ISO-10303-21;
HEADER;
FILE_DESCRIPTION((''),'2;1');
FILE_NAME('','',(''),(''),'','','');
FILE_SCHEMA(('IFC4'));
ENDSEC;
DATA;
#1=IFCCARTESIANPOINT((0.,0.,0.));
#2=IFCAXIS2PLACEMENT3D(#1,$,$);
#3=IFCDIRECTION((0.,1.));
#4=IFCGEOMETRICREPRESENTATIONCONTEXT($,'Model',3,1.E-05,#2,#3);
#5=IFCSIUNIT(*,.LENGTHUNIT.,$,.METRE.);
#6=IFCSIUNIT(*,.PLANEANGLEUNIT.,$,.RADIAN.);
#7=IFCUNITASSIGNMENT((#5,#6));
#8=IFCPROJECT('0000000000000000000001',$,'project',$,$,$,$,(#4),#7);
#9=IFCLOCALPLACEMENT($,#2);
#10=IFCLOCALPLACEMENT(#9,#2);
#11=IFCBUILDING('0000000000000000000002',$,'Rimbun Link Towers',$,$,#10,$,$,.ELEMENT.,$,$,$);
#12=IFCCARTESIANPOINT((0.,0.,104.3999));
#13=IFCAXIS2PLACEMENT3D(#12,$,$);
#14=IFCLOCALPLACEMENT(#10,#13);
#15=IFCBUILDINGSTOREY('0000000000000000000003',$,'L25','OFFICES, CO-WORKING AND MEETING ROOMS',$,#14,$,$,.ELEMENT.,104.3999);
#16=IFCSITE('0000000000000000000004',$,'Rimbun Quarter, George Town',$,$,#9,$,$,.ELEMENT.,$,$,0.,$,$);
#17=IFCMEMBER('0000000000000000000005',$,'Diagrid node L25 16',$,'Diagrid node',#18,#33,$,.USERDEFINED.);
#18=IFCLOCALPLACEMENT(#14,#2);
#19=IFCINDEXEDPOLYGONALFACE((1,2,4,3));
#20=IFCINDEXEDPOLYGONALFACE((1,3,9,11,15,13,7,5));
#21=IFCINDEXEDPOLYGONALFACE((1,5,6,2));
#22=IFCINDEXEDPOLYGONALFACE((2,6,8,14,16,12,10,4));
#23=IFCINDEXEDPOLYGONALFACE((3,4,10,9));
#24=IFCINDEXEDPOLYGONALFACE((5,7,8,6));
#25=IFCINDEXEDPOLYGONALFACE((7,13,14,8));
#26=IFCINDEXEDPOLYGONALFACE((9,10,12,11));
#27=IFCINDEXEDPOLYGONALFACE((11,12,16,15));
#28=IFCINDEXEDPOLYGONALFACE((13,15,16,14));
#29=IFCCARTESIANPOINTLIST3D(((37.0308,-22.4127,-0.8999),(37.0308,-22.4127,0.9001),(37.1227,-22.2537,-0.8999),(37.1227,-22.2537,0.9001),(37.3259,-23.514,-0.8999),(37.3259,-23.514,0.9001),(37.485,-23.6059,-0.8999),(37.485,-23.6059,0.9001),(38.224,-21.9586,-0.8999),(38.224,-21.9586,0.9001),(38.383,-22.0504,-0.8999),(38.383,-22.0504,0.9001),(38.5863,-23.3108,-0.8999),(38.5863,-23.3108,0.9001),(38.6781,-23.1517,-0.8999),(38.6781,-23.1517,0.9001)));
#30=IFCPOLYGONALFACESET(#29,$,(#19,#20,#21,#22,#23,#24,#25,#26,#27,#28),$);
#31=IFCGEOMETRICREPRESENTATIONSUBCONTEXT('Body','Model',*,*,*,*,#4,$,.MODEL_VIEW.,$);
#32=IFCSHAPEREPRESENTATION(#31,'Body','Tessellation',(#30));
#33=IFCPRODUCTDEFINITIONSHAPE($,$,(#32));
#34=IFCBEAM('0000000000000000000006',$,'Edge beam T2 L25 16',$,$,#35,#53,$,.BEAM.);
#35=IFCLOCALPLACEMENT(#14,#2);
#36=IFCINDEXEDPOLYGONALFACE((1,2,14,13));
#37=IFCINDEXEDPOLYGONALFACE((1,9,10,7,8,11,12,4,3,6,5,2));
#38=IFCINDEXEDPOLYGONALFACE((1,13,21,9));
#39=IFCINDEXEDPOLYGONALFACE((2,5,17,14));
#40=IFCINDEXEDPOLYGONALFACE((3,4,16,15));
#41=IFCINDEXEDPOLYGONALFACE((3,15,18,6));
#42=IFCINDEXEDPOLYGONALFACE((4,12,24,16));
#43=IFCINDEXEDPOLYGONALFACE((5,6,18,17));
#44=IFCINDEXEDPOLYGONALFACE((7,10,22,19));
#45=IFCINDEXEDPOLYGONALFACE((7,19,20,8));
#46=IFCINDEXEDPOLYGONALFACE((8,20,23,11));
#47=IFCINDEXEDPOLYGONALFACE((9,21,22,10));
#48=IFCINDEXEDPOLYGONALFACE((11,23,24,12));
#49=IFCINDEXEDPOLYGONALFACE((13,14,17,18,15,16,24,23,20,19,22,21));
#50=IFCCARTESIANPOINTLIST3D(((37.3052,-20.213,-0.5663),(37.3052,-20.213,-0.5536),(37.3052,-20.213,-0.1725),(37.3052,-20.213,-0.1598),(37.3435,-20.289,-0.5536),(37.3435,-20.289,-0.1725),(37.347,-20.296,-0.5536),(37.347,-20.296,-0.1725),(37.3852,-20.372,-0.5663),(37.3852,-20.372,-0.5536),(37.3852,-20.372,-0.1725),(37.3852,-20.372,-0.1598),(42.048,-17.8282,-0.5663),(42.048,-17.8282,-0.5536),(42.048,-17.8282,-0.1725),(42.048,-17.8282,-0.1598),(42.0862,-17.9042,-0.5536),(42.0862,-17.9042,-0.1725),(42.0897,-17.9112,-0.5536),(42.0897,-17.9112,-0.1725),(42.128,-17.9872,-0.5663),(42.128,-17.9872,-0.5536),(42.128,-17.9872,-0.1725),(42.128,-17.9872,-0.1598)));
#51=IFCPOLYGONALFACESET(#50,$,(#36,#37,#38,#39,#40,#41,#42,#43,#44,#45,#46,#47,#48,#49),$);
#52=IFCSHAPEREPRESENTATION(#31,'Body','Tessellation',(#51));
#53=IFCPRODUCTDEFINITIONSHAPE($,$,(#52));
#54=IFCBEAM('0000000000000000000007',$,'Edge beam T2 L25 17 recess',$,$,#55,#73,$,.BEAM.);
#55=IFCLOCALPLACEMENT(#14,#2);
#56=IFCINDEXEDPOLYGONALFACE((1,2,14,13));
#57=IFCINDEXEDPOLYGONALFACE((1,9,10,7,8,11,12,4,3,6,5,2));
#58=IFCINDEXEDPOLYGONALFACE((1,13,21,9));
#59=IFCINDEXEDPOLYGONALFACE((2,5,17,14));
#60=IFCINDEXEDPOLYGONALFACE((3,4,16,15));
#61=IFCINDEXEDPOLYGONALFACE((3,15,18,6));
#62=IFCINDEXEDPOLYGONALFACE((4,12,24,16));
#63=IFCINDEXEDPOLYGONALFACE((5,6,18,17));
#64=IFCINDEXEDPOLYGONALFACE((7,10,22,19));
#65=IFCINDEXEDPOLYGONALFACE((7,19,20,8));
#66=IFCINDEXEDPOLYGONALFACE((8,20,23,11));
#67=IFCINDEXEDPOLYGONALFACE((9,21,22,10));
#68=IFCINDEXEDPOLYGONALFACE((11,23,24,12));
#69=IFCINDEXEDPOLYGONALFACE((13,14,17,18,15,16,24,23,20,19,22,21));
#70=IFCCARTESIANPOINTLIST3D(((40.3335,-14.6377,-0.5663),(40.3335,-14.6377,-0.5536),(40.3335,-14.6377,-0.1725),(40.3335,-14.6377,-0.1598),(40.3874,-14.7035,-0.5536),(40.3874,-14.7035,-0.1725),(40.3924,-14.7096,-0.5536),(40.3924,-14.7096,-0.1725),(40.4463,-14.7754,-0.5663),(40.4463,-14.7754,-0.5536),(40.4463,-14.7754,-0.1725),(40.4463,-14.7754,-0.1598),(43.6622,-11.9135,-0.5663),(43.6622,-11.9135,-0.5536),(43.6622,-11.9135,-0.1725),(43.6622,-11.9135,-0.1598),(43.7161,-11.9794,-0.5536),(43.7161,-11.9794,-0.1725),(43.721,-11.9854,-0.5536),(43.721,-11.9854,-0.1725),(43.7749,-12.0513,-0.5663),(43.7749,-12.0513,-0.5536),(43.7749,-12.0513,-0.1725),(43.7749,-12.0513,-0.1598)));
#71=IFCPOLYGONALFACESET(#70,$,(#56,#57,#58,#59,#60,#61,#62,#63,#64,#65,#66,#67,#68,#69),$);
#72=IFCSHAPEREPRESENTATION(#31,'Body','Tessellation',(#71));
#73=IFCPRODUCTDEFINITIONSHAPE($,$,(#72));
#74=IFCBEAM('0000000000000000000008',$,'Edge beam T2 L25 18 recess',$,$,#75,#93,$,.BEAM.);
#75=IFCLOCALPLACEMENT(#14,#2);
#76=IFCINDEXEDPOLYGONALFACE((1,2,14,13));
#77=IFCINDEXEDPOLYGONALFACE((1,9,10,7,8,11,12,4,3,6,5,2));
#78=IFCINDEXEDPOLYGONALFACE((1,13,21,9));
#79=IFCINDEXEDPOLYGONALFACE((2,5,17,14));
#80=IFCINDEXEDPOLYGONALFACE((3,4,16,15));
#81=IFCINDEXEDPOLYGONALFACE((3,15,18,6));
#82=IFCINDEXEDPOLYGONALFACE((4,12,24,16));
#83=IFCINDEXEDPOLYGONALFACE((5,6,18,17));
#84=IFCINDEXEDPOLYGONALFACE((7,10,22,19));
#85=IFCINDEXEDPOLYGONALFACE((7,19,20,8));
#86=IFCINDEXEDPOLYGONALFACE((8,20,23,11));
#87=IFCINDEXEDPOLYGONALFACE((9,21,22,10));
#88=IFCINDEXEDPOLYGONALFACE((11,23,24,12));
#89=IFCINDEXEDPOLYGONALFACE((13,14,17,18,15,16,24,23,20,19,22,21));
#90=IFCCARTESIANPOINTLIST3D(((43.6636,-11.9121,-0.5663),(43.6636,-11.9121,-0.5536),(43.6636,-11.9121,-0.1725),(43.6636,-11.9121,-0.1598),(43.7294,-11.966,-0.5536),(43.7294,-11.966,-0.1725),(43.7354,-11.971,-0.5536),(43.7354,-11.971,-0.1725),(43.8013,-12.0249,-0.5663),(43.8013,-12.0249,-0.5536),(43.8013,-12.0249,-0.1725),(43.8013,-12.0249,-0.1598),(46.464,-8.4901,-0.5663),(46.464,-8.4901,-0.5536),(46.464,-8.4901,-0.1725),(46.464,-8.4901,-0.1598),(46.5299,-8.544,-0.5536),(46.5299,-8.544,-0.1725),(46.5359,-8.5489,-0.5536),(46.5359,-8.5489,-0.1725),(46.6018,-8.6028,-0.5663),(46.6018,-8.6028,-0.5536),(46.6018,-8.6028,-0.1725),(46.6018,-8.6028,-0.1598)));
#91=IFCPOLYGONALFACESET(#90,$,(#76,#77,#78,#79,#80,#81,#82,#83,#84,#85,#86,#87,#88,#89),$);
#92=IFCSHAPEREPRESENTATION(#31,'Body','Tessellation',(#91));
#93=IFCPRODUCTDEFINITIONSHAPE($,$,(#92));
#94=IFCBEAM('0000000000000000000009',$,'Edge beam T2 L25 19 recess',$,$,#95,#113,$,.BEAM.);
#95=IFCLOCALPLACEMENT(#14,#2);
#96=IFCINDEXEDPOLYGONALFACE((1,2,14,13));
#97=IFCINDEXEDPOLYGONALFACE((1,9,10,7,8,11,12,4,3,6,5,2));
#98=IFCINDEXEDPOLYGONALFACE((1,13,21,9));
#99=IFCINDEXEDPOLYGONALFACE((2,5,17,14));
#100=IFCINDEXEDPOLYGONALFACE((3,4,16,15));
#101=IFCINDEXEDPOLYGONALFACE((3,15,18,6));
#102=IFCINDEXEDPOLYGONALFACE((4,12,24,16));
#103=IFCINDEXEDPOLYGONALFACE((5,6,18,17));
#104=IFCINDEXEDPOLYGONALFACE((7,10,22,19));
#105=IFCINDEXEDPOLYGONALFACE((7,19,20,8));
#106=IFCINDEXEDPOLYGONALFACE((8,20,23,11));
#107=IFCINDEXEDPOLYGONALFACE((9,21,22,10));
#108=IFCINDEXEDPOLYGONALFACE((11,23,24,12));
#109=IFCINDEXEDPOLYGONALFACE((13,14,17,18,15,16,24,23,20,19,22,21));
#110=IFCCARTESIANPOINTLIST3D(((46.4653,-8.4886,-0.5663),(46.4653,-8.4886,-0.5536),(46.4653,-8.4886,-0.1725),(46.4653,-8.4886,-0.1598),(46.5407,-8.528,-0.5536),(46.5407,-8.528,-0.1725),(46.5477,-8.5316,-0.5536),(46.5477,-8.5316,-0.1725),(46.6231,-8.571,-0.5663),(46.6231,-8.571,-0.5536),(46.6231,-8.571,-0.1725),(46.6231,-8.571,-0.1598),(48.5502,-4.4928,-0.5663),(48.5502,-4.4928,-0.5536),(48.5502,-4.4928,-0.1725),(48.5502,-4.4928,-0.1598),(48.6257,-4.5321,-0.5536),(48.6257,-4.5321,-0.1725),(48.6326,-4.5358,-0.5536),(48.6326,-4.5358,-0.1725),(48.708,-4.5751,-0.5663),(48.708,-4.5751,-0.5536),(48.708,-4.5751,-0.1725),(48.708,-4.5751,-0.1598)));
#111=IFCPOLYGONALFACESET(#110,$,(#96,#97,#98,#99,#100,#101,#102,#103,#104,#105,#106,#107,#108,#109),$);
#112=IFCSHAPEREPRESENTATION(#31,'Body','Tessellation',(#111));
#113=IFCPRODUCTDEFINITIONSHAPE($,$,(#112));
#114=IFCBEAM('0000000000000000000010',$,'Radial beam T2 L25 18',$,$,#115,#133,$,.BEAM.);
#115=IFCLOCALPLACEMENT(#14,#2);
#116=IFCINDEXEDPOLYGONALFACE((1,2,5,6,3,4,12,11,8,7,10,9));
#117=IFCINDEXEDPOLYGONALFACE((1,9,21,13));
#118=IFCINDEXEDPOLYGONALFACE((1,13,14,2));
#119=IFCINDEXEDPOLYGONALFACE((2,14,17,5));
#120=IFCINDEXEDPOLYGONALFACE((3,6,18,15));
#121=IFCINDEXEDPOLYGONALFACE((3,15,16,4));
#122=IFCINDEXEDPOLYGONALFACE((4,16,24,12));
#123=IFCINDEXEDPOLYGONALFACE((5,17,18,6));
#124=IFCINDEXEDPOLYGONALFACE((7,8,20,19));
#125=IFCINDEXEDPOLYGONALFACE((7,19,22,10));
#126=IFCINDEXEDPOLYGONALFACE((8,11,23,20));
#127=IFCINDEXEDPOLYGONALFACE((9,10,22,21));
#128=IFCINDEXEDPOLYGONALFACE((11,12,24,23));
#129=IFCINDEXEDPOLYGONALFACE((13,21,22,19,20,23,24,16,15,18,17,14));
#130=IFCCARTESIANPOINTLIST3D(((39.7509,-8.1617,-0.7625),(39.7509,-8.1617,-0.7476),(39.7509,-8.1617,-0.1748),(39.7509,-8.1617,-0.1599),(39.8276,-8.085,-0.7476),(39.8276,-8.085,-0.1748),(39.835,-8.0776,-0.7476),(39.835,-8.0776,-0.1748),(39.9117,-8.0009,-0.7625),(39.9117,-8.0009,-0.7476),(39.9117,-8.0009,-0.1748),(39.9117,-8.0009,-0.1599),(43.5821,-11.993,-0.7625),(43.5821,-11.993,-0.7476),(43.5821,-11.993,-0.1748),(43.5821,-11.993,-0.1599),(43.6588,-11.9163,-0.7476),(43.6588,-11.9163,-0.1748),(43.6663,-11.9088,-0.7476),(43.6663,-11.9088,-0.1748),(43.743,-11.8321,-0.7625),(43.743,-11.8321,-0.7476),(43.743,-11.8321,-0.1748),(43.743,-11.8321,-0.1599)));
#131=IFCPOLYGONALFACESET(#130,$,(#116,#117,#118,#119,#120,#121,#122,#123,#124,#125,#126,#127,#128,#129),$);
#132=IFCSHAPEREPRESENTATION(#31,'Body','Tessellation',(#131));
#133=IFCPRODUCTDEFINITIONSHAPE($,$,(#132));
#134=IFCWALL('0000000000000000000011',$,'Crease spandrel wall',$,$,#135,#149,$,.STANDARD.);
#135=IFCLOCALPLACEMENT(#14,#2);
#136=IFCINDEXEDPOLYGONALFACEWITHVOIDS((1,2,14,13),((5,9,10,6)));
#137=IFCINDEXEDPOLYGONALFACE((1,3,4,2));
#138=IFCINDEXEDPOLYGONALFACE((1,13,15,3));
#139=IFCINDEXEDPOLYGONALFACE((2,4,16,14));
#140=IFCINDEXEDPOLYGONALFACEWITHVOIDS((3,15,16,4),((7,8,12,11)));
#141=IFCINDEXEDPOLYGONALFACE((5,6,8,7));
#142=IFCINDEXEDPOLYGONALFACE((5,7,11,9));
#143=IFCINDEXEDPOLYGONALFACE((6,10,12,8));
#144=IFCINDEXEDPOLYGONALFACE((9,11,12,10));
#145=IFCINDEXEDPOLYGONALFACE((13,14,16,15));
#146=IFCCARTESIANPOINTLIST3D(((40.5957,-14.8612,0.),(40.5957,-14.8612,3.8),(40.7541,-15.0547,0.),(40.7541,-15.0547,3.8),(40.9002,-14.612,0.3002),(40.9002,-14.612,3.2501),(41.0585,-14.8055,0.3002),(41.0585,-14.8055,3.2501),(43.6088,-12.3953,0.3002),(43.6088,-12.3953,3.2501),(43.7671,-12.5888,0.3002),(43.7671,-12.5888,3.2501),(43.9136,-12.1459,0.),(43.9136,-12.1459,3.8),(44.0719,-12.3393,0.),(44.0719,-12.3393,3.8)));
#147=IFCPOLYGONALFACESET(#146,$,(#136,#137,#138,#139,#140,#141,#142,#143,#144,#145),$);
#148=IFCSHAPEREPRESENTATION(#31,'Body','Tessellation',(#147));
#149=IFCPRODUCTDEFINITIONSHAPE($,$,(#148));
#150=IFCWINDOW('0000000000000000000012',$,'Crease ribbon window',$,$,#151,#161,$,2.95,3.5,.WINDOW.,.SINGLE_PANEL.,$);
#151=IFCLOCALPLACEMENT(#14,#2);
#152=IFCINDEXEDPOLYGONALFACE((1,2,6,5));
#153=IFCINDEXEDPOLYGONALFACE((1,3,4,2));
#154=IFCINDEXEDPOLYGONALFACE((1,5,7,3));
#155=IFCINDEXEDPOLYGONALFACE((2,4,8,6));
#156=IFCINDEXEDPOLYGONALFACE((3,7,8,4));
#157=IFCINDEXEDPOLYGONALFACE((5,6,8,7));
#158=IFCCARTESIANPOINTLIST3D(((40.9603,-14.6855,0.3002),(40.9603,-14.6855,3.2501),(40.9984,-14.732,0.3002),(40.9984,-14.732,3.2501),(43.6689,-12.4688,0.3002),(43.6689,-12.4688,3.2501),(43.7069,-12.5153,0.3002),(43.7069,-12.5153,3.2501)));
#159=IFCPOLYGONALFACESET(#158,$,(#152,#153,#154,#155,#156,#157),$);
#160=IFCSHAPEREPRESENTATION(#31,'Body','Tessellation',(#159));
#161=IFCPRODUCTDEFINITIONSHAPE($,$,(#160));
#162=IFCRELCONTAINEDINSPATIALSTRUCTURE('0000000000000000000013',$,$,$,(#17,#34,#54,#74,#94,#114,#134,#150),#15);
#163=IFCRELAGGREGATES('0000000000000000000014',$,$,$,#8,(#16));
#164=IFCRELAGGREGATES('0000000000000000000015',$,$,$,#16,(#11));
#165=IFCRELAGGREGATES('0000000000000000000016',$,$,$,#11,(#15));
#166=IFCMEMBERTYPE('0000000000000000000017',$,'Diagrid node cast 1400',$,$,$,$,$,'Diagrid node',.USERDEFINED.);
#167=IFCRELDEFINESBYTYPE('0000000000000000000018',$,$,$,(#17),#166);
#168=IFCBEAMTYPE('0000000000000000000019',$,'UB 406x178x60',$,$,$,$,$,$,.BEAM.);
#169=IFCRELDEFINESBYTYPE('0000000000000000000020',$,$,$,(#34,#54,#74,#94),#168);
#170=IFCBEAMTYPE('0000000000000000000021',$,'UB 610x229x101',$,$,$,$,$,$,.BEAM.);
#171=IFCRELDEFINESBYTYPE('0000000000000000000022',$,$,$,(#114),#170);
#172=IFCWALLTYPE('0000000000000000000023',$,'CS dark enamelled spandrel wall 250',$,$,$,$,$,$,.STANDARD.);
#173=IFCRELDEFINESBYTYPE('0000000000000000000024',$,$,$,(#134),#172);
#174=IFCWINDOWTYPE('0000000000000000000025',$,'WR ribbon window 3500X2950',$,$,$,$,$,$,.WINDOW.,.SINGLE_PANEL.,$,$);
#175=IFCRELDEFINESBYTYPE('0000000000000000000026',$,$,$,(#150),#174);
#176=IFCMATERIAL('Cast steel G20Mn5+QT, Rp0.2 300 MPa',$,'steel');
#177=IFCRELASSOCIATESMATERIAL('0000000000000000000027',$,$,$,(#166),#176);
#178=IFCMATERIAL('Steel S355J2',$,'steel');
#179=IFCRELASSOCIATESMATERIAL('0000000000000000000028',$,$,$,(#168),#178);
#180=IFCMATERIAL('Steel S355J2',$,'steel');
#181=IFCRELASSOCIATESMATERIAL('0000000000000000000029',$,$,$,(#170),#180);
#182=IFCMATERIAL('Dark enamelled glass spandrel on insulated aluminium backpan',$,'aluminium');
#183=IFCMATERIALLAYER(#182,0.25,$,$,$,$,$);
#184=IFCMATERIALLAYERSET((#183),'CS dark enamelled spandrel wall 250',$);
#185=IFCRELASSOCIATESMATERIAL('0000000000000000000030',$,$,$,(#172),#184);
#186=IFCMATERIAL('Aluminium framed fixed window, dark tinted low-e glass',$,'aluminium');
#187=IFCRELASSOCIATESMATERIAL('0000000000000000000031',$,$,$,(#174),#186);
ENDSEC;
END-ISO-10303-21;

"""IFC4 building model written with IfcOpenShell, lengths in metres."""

from ifc_helpers import new_model, si_unit, direction, frame, frame_2d, origin, origin_2d, place, context, subcontext, project, spatial, polyline, rectangle, i_section, outline, extrude, material, layer, layer_set, material_profile, profile_set, type_object, element, fill, save


model = new_model("IFC4")

# Units and contexts
model_context = context("Model", 3, precision=1e-05, world=origin(), true_north=direction((0.0, 1.0)))
body_context = subcontext(model_context, "Body", "Model", "MODEL_VIEW")
ifc_project = project(units=[si_unit("LENGTHUNIT", "METRE"), si_unit("PLANEANGLEUNIT", "RADIAN")], contexts=[model_context])

# Site, building, storey
site_placement = place(None, origin())
site = spatial("IfcSite", under=ifc_project, at=site_placement, Name="Rimbun Quarter, George Town", CompositionType="ELEMENT", RefElevation=0.0)
building_placement = place(site_placement, origin())
building = spatial("IfcBuilding", under=site, at=building_placement, Name="Rimbun Link Towers", CompositionType="ELEMENT")
storey_placement = place(building_placement, frame((0.0, 0.0, 104.3999)))
storey = spatial("IfcBuildingStorey", under=building, at=storey_placement, Name="L25", Description="OFFICES, CO-WORKING AND MEETING ROOMS", CompositionType="ELEMENT", Elevation=104.3999)

# Member
ifc_material_1 = material(Name="Cast steel G20Mn5+QT, Rp0.2 300 MPa", Category="steel")
ifc_material_profile_1 = material_profile(ifc_material_1, outline(polyline([(0.7, -0.5701), (0.7, 0.5701), (0.5701, 0.7), (-0.5701, 0.7), (-0.7, 0.5701), (-0.7, -0.5701), (-0.5701, -0.7), (0.5701, -0.7), (0.7, -0.5701)])), Name="NODE 1400x1400")
ifc_profile_set_1 = profile_set([ifc_material_profile_1], Name="Cast steel G20Mn5+QT, Rp0.2 300 MPa")
member_type_1 = type_object("IfcMemberType", Name="Diagrid node cast 1400", ElementType="Diagrid node", PredefinedType="USERDEFINED", material=ifc_profile_set_1)
member_1_placement = place(storey_placement, frame((37.8545, -22.7822, -0.8999), z_axis=(0.0, 0.0, 1.0), x_axis=(0.258819, -0.965926, 0.0)))
element("IfcMember", 1, at=member_1_placement, inside=storey, type_object=member_type_1, Name="Diagrid node L25 16", ObjectType="Diagrid node", PredefinedType="USERDEFINED", context=body_context, shape_type="SweptSolid", body=[
    extrude(outline(polyline([(0.7, -0.5701), (0.7, 0.5701), (0.5701, 0.7), (-0.5701, 0.7), (-0.7, 0.5701), (-0.7, -0.5701), (-0.5701, -0.7), (0.5701, -0.7), (0.7, -0.5701)])), origin(), (0.0, 0.0, 1.0), 1.8),
])

# Beams
ifc_material_2 = material(Name="Steel S355J2", Category="steel")
ifc_material_profile_2 = material_profile(ifc_material_2, i_section(OverallWidth=0.178, OverallDepth=0.4065, WebThickness=0.0078, FlangeThickness=0.0127, at=origin_2d()), Name="UB 406x178x60")
ifc_profile_set_2 = profile_set([ifc_material_profile_2], Name="Steel S355J2")
beam_type_1 = type_object("IfcBeamType", Name="UB 406x178x60", PredefinedType="BEAM", material=ifc_profile_set_2)
beam_1_placement = place(storey_placement, frame((37.3452, -20.2925, -0.363), z_axis=(0.893413, 0.449236, 0.0), x_axis=(-0.449236, 0.893413, 0.0)))
element("IfcBeam", 2, at=beam_1_placement, inside=storey, type_object=beam_type_1, Name="Edge beam T2 L25 16", PredefinedType="BEAM", context=body_context, shape_type="SweptSolid", body=[
    extrude(i_section(OverallWidth=0.178, OverallDepth=0.4065, WebThickness=0.0078, FlangeThickness=0.0127, at=origin_2d()), origin(), (0.0, 0.0, 1.0), 5.3086),
])
beam_2_placement = place(storey_placement, frame((40.3899, -14.7065, -0.363), z_axis=(0.773876, 0.633337, 0.0), x_axis=(-0.633337, 0.773876, 0.0)))
element("IfcBeam", 3, at=beam_2_placement, inside=storey, type_object=beam_type_1, Name="Edge beam T2 L25 17 recess", PredefinedType="BEAM", context=body_context, shape_type="SweptSolid", body=[
    extrude(i_section(OverallWidth=0.178, OverallDepth=0.4065, WebThickness=0.0078, FlangeThickness=0.0127, at=origin_2d()), origin(), (0.0, 0.0, 1.0), 4.3013),
])
beam_3_placement = place(storey_placement, frame((43.7324, -11.9685, -0.363), z_axis=(0.633322, 0.773888, 0.0), x_axis=(-0.773888, 0.633322, 0.0)))
element("IfcBeam", 4, at=beam_3_placement, inside=storey, type_object=beam_type_1, Name="Edge beam T2 L25 18 recess", PredefinedType="BEAM", context=body_context, shape_type="SweptSolid", body=[
    extrude(i_section(OverallWidth=0.178, OverallDepth=0.4065, WebThickness=0.0078, FlangeThickness=0.0127, at=origin_2d()), origin(), (0.0, 0.0, 1.0), 4.4219),
])
beam_4_placement = place(storey_placement, frame((46.5442, -8.5298, -0.363), z_axis=(0.462596, 0.886569, 0.0), x_axis=(-0.886569, 0.462596, 0.0)))
element("IfcBeam", 5, at=beam_4_placement, inside=storey, type_object=beam_type_1, Name="Edge beam T2 L25 19 recess", PredefinedType="BEAM", context=body_context, shape_type="SweptSolid", body=[
    extrude(i_section(OverallWidth=0.178, OverallDepth=0.4065, WebThickness=0.0078, FlangeThickness=0.0127, at=origin_2d()), origin(), (0.0, 0.0, 1.0), 4.5071),
])
ifc_material_3 = material(Name="Steel S355J2", Category="steel")
ifc_material_profile_3 = material_profile(ifc_material_3, i_section(OverallWidth=0.2275, OverallDepth=0.6025, WebThickness=0.0105, FlangeThickness=0.0149, at=origin_2d()), Name="UB 610x229x101")
ifc_profile_set_3 = profile_set([ifc_material_profile_3], Name="Steel S355J2")
beam_type_2 = type_object("IfcBeamType", Name="UB 610x229x101", PredefinedType="BEAM", material=ifc_profile_set_3)
beam_5_placement = place(storey_placement, frame((39.8313, -8.0813, -0.4612), z_axis=(0.707107, -0.707107, 0.0), x_axis=(0.707107, 0.707107, 0.0)))
element("IfcBeam", 6, at=beam_5_placement, inside=storey, type_object=beam_type_2, Name="Radial beam T2 L25 18", PredefinedType="BEAM", context=body_context, shape_type="SweptSolid", body=[
    extrude(i_section(OverallWidth=0.2275, OverallDepth=0.6025, WebThickness=0.0105, FlangeThickness=0.0149, at=origin_2d()), origin(), (0.0, 0.0, 1.0), 5.4182),
])

# Wall, opening, window
ifc_material_4 = material(Name="Dark enamelled glass spandrel on insulated aluminium backpan", Category="aluminium")
ifc_layer_1 = layer(ifc_material_4, 0.25)
ifc_layer_set_1 = layer_set([ifc_layer_1], Name="CS dark enamelled spandrel wall 250")
wall_type_1 = type_object("IfcWallType", Name="CS dark enamelled spandrel wall 250", PredefinedType="STANDARD", material=ifc_layer_set_1)
wall_1_placement = place(storey_placement, frame((43.9927, -12.2427, 0.0), z_axis=(0.0, 0.0, 1.0), x_axis=(-0.773876, -0.633337, 0.0)))
wall_1 = element("IfcWall", 7, at=wall_1_placement, inside=storey, type_object=wall_type_1, Name="Crease spandrel wall", PredefinedType="STANDARD", context=body_context, shape_type="SweptSolid", body=[
    extrude(rectangle(XDim=4.2874, YDim=0.25, at=frame_2d((2.1436, 0.0))), origin(), (0.0, 0.0, 1.0), 3.8),
])
opening_1_placement = place(wall_1_placement, frame((0.3938, 0.0, 0.3)))
opening_1 = element("IfcOpeningElement", 8, at=opening_1_placement, cuts=wall_1, PredefinedType="OPENING", context=body_context, shape_type="SweptSolid", body=[
    extrude(rectangle(XDim=3.5, YDim=2.95, at=frame_2d((1.75, 1.4751))), frame((0.0, 0.135, 0.0), z_axis=(0.0, -1.0, 0.0), x_axis=(1.0, 0.0, 0.0)), (0.0, 0.0, 1.0), 0.27),
])
ifc_material_5 = material(Name="Aluminium framed fixed window, dark tinted low-e glass", Category="aluminium")
window_type_1 = type_object("IfcWindowType", Name="WR ribbon window 3500X2950", PartitioningType="SINGLE_PANEL", PredefinedType="WINDOW", material=ifc_material_5)
window_1_placement = place(opening_1_placement, origin())
window_1 = element("IfcWindow", 9, at=window_1_placement, inside=storey, type_object=window_type_1, Name="Crease ribbon window", OverallHeight=2.95, OverallWidth=3.5, PartitioningType="SINGLE_PANEL", PredefinedType="WINDOW", context=body_context, shape_type="SweptSolid", body=[
    extrude(rectangle(XDim=3.5, YDim=2.95, at=frame_2d((1.75, 1.4751))), frame((0.0, 0.03, 0.0), z_axis=(0.0, -1.0, 0.0), x_axis=(1.0, 0.0, 0.0)), (0.0, 0.0, 1.0), 0.0601),
])
fill(opening_1, window_1)

save(model, "model.ifc")
